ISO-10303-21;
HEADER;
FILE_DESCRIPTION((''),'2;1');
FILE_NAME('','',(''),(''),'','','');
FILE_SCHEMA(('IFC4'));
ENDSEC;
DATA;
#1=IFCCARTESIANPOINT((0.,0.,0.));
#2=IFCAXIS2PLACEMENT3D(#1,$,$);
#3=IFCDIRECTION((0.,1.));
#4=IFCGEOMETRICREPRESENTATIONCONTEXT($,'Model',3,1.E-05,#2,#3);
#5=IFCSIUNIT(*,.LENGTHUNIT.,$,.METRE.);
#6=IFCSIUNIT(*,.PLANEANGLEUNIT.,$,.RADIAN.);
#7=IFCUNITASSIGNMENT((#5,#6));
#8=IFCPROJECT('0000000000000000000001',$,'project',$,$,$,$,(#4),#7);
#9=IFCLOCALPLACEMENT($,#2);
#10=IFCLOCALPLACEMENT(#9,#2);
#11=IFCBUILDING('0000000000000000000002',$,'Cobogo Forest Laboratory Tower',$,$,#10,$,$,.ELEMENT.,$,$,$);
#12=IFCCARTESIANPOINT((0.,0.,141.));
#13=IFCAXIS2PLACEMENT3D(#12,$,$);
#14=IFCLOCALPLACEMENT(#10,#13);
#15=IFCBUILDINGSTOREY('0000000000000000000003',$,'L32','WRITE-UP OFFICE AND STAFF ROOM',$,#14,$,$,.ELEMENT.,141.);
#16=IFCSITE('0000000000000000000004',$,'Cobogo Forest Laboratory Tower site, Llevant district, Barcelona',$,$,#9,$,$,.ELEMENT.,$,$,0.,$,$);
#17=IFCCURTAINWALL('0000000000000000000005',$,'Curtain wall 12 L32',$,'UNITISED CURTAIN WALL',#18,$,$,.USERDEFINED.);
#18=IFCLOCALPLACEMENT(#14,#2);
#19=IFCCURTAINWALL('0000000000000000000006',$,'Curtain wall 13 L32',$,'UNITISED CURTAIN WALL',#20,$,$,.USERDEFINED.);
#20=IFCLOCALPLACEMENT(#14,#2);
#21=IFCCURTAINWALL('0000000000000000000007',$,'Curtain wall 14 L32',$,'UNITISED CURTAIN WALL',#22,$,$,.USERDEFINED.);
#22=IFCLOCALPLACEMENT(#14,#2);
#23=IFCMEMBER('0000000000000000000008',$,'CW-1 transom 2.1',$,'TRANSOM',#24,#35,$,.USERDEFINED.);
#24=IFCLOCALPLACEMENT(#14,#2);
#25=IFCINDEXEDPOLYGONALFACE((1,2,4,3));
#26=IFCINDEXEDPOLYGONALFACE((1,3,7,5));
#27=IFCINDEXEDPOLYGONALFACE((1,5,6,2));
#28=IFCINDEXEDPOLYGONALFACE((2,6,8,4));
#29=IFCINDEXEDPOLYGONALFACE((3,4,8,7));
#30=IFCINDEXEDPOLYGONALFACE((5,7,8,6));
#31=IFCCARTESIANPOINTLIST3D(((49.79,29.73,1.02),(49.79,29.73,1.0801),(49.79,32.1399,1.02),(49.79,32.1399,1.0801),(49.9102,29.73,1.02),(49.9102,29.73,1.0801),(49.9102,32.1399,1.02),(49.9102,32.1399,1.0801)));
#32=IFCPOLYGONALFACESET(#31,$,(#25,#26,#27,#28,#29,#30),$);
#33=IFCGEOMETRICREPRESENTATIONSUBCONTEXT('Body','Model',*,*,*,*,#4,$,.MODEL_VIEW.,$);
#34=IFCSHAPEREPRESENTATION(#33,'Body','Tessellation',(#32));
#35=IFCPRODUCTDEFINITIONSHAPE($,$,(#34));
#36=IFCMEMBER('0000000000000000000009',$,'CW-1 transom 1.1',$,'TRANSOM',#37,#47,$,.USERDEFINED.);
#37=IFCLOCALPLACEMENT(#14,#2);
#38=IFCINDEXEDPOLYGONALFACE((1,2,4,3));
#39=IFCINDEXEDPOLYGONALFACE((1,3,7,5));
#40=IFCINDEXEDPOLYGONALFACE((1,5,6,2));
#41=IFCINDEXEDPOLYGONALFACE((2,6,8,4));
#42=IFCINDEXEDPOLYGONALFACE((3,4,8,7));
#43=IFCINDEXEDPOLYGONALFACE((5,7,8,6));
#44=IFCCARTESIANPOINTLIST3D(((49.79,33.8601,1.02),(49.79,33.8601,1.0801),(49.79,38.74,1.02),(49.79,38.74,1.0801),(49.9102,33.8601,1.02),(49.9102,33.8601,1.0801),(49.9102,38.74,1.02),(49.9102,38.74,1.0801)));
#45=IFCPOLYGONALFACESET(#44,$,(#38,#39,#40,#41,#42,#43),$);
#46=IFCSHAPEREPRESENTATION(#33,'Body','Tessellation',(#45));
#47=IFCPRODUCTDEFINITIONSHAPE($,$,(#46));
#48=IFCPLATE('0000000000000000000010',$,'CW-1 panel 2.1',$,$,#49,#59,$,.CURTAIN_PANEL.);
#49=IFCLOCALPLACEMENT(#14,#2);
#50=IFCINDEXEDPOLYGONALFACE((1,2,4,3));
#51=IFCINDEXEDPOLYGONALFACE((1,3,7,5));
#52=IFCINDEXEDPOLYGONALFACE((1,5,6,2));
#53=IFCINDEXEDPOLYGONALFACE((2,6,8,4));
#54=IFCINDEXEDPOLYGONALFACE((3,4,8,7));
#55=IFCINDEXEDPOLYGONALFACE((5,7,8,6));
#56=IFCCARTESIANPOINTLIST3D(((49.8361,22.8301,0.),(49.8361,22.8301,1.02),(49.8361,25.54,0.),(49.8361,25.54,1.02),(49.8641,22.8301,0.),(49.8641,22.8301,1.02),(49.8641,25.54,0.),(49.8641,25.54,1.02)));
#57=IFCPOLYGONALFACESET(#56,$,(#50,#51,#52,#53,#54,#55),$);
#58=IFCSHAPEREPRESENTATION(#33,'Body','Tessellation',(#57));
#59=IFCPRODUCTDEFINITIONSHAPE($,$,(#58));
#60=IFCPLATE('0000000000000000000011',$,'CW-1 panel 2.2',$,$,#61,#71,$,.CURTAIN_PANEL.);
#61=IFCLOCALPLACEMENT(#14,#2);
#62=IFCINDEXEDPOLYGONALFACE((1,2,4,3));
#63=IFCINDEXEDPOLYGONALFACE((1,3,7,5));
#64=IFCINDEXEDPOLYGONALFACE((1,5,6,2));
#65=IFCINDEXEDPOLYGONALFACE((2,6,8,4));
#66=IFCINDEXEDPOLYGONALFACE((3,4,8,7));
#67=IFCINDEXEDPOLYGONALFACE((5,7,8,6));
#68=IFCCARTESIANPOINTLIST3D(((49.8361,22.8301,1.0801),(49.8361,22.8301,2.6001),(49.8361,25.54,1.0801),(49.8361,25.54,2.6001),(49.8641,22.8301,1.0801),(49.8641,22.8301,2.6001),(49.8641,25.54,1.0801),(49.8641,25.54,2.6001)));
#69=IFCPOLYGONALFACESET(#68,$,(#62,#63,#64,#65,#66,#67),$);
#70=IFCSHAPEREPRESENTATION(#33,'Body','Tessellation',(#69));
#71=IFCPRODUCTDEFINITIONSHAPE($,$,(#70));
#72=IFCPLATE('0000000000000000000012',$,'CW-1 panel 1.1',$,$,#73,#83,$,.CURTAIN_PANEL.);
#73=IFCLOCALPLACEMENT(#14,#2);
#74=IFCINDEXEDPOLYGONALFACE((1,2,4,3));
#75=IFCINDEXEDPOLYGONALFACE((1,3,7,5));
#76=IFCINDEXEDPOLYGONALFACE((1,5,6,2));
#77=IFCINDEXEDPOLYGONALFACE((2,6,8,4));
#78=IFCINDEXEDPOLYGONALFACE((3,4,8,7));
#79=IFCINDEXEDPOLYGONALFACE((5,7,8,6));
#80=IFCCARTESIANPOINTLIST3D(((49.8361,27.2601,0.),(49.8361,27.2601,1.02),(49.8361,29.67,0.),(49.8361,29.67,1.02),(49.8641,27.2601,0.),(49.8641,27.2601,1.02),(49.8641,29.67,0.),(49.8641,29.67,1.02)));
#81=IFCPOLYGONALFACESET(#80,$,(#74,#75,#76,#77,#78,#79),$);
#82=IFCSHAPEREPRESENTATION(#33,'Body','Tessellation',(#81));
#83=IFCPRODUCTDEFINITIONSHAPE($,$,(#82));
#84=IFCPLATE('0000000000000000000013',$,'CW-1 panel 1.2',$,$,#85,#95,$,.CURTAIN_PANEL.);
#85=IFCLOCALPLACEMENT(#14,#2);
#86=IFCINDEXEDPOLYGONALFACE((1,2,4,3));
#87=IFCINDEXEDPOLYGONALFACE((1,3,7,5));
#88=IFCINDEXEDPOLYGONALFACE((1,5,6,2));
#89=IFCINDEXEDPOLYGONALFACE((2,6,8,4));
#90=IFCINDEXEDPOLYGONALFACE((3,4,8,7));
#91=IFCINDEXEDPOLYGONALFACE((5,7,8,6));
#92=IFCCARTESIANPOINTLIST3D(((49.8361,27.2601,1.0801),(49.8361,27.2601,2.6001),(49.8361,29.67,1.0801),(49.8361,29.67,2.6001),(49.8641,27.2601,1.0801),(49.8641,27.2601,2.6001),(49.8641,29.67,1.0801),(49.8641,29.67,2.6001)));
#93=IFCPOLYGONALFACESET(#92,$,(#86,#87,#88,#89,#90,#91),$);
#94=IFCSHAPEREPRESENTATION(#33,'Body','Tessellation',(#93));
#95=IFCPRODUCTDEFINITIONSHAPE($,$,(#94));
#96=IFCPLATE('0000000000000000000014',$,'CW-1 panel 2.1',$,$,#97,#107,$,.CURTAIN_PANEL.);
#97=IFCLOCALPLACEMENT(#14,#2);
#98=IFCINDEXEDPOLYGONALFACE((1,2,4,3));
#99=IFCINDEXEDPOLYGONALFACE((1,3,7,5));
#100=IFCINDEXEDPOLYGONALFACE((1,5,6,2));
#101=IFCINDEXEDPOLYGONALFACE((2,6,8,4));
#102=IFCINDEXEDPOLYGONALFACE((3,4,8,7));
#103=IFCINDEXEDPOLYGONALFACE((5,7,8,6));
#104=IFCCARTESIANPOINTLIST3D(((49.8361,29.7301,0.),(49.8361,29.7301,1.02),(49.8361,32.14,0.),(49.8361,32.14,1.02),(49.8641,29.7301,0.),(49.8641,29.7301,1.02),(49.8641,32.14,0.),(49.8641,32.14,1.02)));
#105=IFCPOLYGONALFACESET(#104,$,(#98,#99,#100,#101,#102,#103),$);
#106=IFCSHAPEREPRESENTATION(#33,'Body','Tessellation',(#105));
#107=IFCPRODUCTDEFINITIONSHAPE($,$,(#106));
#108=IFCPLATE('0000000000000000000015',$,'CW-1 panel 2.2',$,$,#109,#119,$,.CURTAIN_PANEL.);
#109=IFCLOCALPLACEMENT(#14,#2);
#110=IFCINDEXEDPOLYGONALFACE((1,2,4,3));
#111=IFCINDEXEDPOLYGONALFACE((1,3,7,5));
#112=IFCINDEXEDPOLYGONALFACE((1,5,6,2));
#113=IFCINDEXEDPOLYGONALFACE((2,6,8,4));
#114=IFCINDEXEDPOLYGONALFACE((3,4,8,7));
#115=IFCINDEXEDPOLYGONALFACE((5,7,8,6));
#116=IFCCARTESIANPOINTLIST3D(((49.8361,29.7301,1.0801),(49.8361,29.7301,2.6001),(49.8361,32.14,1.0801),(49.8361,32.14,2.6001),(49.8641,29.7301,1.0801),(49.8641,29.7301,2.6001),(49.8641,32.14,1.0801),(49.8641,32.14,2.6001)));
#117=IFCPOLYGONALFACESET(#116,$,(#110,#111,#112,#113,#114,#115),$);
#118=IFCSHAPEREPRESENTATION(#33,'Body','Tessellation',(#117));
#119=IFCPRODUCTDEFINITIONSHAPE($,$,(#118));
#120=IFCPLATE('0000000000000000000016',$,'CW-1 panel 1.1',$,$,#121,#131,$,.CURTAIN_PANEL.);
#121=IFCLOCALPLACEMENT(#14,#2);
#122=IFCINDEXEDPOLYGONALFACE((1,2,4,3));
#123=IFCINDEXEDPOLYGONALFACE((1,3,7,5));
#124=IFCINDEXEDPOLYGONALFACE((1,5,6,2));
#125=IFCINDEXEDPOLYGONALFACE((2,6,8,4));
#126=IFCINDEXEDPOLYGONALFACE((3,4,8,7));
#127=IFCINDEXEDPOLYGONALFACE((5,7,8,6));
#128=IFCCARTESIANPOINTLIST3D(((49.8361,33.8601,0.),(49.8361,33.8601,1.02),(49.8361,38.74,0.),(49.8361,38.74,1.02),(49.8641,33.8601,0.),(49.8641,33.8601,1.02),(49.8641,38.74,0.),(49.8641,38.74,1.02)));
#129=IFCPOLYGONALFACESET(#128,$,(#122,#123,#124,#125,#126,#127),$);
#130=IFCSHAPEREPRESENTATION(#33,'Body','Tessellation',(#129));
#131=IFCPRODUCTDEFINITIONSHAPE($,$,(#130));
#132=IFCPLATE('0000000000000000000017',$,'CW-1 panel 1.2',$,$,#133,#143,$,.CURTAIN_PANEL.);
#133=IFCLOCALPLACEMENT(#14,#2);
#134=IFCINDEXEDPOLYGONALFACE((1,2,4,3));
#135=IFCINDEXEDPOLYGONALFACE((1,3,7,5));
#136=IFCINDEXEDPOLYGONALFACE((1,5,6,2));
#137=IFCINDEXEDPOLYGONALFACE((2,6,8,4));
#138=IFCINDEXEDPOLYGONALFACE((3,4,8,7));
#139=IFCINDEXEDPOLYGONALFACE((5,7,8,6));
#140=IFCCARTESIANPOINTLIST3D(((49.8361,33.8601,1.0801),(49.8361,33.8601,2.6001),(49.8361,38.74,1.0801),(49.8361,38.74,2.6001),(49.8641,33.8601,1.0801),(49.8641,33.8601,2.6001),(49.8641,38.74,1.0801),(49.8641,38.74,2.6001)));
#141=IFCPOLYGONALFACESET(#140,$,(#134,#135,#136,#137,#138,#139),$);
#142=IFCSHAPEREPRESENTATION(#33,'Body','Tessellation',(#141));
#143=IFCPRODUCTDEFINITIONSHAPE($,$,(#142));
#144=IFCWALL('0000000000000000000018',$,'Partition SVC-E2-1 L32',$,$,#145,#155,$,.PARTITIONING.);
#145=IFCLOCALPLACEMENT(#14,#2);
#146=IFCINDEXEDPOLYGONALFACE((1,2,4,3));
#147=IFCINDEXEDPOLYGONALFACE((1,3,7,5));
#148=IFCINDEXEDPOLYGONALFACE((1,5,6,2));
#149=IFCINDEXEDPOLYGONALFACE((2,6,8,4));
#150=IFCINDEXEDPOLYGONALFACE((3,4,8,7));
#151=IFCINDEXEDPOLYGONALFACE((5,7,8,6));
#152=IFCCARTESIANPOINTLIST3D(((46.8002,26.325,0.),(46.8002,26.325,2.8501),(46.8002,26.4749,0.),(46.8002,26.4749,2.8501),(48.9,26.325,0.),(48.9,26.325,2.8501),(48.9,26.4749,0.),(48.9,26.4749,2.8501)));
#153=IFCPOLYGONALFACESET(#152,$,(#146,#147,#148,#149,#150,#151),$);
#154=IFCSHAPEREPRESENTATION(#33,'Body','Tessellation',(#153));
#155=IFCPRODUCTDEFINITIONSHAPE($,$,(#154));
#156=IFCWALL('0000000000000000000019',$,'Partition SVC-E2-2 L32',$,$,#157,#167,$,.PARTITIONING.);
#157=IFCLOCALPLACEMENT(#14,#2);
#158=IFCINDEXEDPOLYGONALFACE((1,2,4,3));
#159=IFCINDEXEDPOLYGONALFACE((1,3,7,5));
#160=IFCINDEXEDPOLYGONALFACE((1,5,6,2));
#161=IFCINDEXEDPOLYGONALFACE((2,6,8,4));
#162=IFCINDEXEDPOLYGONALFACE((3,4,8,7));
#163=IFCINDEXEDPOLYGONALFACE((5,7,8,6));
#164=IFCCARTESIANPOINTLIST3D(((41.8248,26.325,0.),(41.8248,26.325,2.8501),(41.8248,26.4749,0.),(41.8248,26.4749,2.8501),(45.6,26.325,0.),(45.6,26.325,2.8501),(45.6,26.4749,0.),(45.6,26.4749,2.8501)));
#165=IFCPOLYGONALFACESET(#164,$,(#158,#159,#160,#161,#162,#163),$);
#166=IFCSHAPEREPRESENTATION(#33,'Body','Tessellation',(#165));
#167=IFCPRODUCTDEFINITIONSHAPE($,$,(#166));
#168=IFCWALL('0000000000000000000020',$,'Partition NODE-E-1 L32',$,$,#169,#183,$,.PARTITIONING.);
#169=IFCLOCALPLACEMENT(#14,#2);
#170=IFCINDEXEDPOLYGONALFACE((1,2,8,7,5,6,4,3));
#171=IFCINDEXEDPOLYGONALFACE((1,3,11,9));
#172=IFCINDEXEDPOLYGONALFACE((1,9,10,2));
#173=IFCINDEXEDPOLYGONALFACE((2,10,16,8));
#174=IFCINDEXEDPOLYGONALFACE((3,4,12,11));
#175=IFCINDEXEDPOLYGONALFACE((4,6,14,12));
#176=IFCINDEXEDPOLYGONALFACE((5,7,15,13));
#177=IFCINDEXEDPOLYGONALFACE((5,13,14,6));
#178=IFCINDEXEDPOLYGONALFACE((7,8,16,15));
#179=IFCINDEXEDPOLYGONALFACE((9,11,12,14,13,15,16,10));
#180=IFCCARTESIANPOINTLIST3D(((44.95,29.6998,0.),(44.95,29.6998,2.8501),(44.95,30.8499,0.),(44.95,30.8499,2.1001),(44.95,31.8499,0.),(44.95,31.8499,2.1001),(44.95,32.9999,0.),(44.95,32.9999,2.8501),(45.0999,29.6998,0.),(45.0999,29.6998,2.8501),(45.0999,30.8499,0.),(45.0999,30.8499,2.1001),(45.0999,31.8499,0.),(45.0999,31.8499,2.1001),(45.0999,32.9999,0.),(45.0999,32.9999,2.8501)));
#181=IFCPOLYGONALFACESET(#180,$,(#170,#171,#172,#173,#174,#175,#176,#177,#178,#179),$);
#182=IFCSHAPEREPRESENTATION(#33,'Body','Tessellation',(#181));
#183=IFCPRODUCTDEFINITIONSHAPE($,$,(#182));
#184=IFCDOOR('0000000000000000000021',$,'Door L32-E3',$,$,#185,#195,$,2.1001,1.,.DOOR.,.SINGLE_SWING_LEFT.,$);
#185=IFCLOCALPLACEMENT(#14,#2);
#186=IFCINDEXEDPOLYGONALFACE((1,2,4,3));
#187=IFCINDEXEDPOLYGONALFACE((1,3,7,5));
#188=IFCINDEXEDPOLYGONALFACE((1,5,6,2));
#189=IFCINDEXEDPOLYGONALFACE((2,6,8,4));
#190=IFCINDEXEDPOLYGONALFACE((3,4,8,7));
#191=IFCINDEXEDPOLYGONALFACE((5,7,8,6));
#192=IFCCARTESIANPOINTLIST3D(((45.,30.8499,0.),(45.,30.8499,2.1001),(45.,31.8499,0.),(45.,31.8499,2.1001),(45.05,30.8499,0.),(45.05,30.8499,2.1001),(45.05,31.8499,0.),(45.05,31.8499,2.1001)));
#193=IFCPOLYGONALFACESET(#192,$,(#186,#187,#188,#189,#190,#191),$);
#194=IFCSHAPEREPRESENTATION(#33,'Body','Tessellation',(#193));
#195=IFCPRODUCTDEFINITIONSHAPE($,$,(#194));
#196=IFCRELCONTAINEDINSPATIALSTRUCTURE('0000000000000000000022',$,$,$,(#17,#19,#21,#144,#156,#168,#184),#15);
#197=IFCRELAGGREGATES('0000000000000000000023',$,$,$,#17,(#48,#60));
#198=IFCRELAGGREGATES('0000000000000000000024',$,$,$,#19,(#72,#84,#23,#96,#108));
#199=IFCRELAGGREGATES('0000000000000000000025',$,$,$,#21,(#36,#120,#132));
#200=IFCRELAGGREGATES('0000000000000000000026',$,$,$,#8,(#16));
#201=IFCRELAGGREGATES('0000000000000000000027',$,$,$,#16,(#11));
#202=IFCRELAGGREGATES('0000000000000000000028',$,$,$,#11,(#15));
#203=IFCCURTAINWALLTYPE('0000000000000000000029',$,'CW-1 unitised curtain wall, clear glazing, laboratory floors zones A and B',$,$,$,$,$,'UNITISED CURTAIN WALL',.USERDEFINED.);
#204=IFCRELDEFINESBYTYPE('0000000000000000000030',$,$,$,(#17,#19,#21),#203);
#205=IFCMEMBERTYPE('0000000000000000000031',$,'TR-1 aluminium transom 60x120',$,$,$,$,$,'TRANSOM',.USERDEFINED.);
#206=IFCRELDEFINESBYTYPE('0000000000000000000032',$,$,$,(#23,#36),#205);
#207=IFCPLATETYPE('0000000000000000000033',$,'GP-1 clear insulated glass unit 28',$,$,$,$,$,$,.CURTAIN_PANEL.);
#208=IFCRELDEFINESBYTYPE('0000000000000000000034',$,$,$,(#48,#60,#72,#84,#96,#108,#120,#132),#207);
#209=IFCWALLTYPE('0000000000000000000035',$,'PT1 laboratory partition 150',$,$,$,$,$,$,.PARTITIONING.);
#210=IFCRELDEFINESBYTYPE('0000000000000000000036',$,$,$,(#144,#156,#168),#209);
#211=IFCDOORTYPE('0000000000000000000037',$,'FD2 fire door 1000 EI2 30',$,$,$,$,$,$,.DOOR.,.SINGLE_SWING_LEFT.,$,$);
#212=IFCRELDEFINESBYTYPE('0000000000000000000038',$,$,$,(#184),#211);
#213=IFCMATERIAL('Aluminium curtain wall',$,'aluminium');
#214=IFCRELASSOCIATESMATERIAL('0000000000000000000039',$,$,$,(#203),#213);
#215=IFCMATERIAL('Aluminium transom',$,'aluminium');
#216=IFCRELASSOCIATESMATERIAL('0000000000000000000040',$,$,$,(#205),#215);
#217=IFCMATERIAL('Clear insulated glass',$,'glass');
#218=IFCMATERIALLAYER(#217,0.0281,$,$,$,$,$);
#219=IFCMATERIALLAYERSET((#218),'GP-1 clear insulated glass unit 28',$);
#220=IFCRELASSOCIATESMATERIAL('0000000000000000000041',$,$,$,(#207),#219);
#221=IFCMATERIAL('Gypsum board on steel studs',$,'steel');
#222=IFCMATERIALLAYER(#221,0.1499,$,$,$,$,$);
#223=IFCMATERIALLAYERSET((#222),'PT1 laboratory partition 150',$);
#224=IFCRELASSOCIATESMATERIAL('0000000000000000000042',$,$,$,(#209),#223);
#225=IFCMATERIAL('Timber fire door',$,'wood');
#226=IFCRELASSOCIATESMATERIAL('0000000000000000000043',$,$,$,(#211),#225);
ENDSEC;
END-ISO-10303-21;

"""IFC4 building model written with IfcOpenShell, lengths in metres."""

from ifc_helpers import new_model, si_unit, direction, frame, frame_2d, origin, origin_2d, place, context, subcontext, project, spatial, rectangle, extrude, material, layer, layer_set, material_profile, profile_set, type_object, element, fill, aggregate, save


model = new_model("IFC4")

# Units and contexts
model_context = context("Model", 3, precision=1e-05, world=origin(), true_north=direction((0.0, 1.0)))
body_context = subcontext(model_context, "Body", "Model", "MODEL_VIEW")
ifc_project = project(units=[si_unit("LENGTHUNIT", "METRE"), si_unit("PLANEANGLEUNIT", "RADIAN")], contexts=[model_context])

# Site, building, storey
site_placement = place(None, origin())
site = spatial("IfcSite", under=ifc_project, at=site_placement, Name="Cobogo Forest Laboratory Tower site, Llevant district, Barcelona", CompositionType="ELEMENT", RefElevation=0.0)
building_placement = place(site_placement, origin())
building = spatial("IfcBuilding", under=site, at=building_placement, Name="Cobogo Forest Laboratory Tower", CompositionType="ELEMENT")
storey_placement = place(building_placement, frame((0.0, 0.0, 141.0)))
storey = spatial("IfcBuildingStorey", under=building, at=storey_placement, Name="L32", Description="WRITE-UP OFFICE AND STAFF ROOM", CompositionType="ELEMENT", Elevation=141.0)

# Curtain wall
ifc_material_1 = material(Name="Aluminium curtain wall", Category="aluminium")
curtain_wall_type = type_object("IfcCurtainWallType", Name="CW-1 unitised curtain wall, clear glazing, laboratory floors zones A and B", ElementType="UNITISED CURTAIN WALL", PredefinedType="USERDEFINED", material=ifc_material_1)
curtain_wall_1_placement = place(storey_placement, origin())
curtain_wall_1 = element("IfcCurtainWall", 1, at=curtain_wall_1_placement, inside=storey, type_object=curtain_wall_type, Name="Curtain wall 12 L32", ObjectType="UNITISED CURTAIN WALL", PredefinedType="USERDEFINED")

# Curtain walls
curtain_wall_2_placement = place(storey_placement, origin())
curtain_wall_2 = element("IfcCurtainWall", 2, at=curtain_wall_2_placement, inside=storey, type_object=curtain_wall_type, Name="Curtain wall 13 L32", ObjectType="UNITISED CURTAIN WALL", PredefinedType="USERDEFINED")
curtain_wall_3_placement = place(storey_placement, origin())
curtain_wall_3 = element("IfcCurtainWall", 3, at=curtain_wall_3_placement, inside=storey, type_object=curtain_wall_type, Name="Curtain wall 14 L32", ObjectType="UNITISED CURTAIN WALL", PredefinedType="USERDEFINED")

# Members
ifc_material_2 = material(Name="Aluminium transom", Category="aluminium")
ifc_material_profile_1 = material_profile(ifc_material_2, rectangle(XDim=0.1201, YDim=0.0601, at=origin_2d()), Name="AL 60x120")
ifc_profile_set_1 = profile_set([ifc_material_profile_1], Name="Aluminium transom")
member_type_1 = type_object("IfcMemberType", Name="TR-1 aluminium transom 60x120", ElementType="TRANSOM", PredefinedType="USERDEFINED", material=ifc_profile_set_1)
member_1_placement = place(storey_placement, frame((49.8501, 29.73, 1.05), z_axis=(0.0, 1.0, 0.0), x_axis=(-1.0, 0.0, 0.0)))
member_1 = element("IfcMember", 4, at=member_1_placement, type_object=member_type_1, Name="CW-1 transom 2.1", ObjectType="TRANSOM", PredefinedType="USERDEFINED", context=body_context, shape_type="SweptSolid", body=[
    extrude(rectangle(XDim=0.1201, YDim=0.0601, at=origin_2d()), origin(), (0.0, 0.0, 1.0), 2.4099),
])
member_2_placement = place(storey_placement, frame((49.8501, 33.8601, 1.05), z_axis=(0.0, 1.0, 0.0), x_axis=(-1.0, 0.0, 0.0)))
member_2 = element("IfcMember", 5, at=member_2_placement, type_object=member_type_1, Name="CW-1 transom 1.1", ObjectType="TRANSOM", PredefinedType="USERDEFINED", context=body_context, shape_type="SweptSolid", body=[
    extrude(rectangle(XDim=0.1201, YDim=0.0601, at=origin_2d()), origin(), (0.0, 0.0, 1.0), 4.8799),
])

# Plates
ifc_material_3 = material(Name="Clear insulated glass", Category="glass")
ifc_layer_1 = layer(ifc_material_3, 0.0281)
ifc_layer_set_1 = layer_set([ifc_layer_1], Name="GP-1 clear insulated glass unit 28")
plate_type_1 = type_object("IfcPlateType", Name="GP-1 clear insulated glass unit 28", PredefinedType="CURTAIN_PANEL", material=ifc_layer_set_1)
plate_1_placement = place(storey_placement, frame((49.8501, 24.1851, 0.0), z_axis=(0.0, 0.0, 1.0), x_axis=(0.0, 1.0, 0.0)))
plate_1 = element("IfcPlate", 6, at=plate_1_placement, type_object=plate_type_1, Name="CW-1 panel 2.1", PredefinedType="CURTAIN_PANEL", context=body_context, shape_type="SweptSolid", body=[
    extrude(rectangle(XDim=2.71, YDim=0.0281, at=origin_2d()), origin(), (0.0, 0.0, 1.0), 1.02),
])
plate_2_placement = place(storey_placement, frame((49.8501, 24.1851, 1.0801), z_axis=(0.0, 0.0, 1.0), x_axis=(0.0, 1.0, 0.0)))
plate_2 = element("IfcPlate", 7, at=plate_2_placement, type_object=plate_type_1, Name="CW-1 panel 2.2", PredefinedType="CURTAIN_PANEL", context=body_context, shape_type="SweptSolid", body=[
    extrude(rectangle(XDim=2.71, YDim=0.0281, at=origin_2d()), origin(), (0.0, 0.0, 1.0), 1.52),
])
aggregate(curtain_wall_1, [plate_1, plate_2])
plate_3_placement = place(storey_placement, frame((49.8501, 28.4651, 0.0), z_axis=(0.0, 0.0, 1.0), x_axis=(0.0, 1.0, 0.0)))
plate_3 = element("IfcPlate", 8, at=plate_3_placement, type_object=plate_type_1, Name="CW-1 panel 1.1", PredefinedType="CURTAIN_PANEL", context=body_context, shape_type="SweptSolid", body=[
    extrude(rectangle(XDim=2.4099, YDim=0.0281, at=origin_2d()), origin(), (0.0, 0.0, 1.0), 1.02),
])
plate_4_placement = place(storey_placement, frame((49.8501, 28.4651, 1.0801), z_axis=(0.0, 0.0, 1.0), x_axis=(0.0, 1.0, 0.0)))
plate_4 = element("IfcPlate", 9, at=plate_4_placement, type_object=plate_type_1, Name="CW-1 panel 1.2", PredefinedType="CURTAIN_PANEL", context=body_context, shape_type="SweptSolid", body=[
    extrude(rectangle(XDim=2.4099, YDim=0.0281, at=origin_2d()), origin(), (0.0, 0.0, 1.0), 1.52),
])
plate_5_placement = place(storey_placement, frame((49.8501, 30.9351, 0.0), z_axis=(0.0, 0.0, 1.0), x_axis=(0.0, 1.0, 0.0)))
plate_5 = element("IfcPlate", 10, at=plate_5_placement, type_object=plate_type_1, Name="CW-1 panel 2.1", PredefinedType="CURTAIN_PANEL", context=body_context, shape_type="SweptSolid", body=[
    extrude(rectangle(XDim=2.4099, YDim=0.0281, at=origin_2d()), origin(), (0.0, 0.0, 1.0), 1.02),
])
plate_6_placement = place(storey_placement, frame((49.8501, 30.9351, 1.0801), z_axis=(0.0, 0.0, 1.0), x_axis=(0.0, 1.0, 0.0)))
plate_6 = element("IfcPlate", 11, at=plate_6_placement, type_object=plate_type_1, Name="CW-1 panel 2.2", PredefinedType="CURTAIN_PANEL", context=body_context, shape_type="SweptSolid", body=[
    extrude(rectangle(XDim=2.4099, YDim=0.0281, at=origin_2d()), origin(), (0.0, 0.0, 1.0), 1.52),
])
aggregate(curtain_wall_2, [plate_3, plate_4, member_1, plate_5, plate_6])
plate_7_placement = place(storey_placement, frame((49.8501, 36.3, 0.0), z_axis=(0.0, 0.0, 1.0), x_axis=(0.0, 1.0, 0.0)))
plate_7 = element("IfcPlate", 12, at=plate_7_placement, type_object=plate_type_1, Name="CW-1 panel 1.1", PredefinedType="CURTAIN_PANEL", context=body_context, shape_type="SweptSolid", body=[
    extrude(rectangle(XDim=4.8799, YDim=0.0281, at=origin_2d()), origin(), (0.0, 0.0, 1.0), 1.02),
])
plate_8_placement = place(storey_placement, frame((49.8501, 36.3, 1.0801), z_axis=(0.0, 0.0, 1.0), x_axis=(0.0, 1.0, 0.0)))
plate_8 = element("IfcPlate", 13, at=plate_8_placement, type_object=plate_type_1, Name="CW-1 panel 1.2", PredefinedType="CURTAIN_PANEL", context=body_context, shape_type="SweptSolid", body=[
    extrude(rectangle(XDim=4.8799, YDim=0.0281, at=origin_2d()), origin(), (0.0, 0.0, 1.0), 1.52),
])
aggregate(curtain_wall_3, [member_2, plate_7, plate_8])

# Walls
ifc_material_4 = material(Name="Gypsum board on steel studs", Category="steel")
ifc_layer_2 = layer(ifc_material_4, 0.1499)
ifc_layer_set_2 = layer_set([ifc_layer_2], Name="PT1 laboratory partition 150")
wall_type = type_object("IfcWallType", Name="PT1 laboratory partition 150", PredefinedType="PARTITIONING", material=ifc_layer_set_2)
wall_1_placement = place(storey_placement, frame((48.8999, 26.3999, 0.0), z_axis=(0.0, 0.0, 1.0), x_axis=(-1.0, 0.0, 0.0)))
element("IfcWall", 14, at=wall_1_placement, inside=storey, type_object=wall_type, Name="Partition SVC-E2-1 L32", PredefinedType="PARTITIONING", context=body_context, shape_type="SweptSolid", body=[
    extrude(rectangle(XDim=2.0999, YDim=0.1499, at=frame_2d((1.0498, 0.0))), origin(), (0.0, 0.0, 1.0), 2.8501),
])
wall_2_placement = place(storey_placement, frame((45.6001, 26.3999, 0.0), z_axis=(0.0, 0.0, 1.0), x_axis=(-1.0, 0.0, 0.0)))
element("IfcWall", 15, at=wall_2_placement, inside=storey, type_object=wall_type, Name="Partition SVC-E2-2 L32", PredefinedType="PARTITIONING", context=body_context, shape_type="SweptSolid", body=[
    extrude(rectangle(XDim=3.7751, YDim=0.1499, at=frame_2d((1.8877, 0.0))), origin(), (0.0, 0.0, 1.0), 2.8501),
])

# Wall, opening, door
wall_3_placement = place(storey_placement, frame((45.0249, 29.7, 0.0), z_axis=(0.0, 0.0, 1.0), x_axis=(0.0, 1.0, 0.0)))
wall_3 = element("IfcWall", 16, at=wall_3_placement, inside=storey, type_object=wall_type, Name="Partition NODE-E-1 L32", PredefinedType="PARTITIONING", context=body_context, shape_type="SweptSolid", body=[
    extrude(rectangle(XDim=3.3, YDim=0.1499, at=frame_2d((1.6499, 0.0))), origin(), (0.0, 0.0, 1.0), 2.8501),
])
opening_placement = place(wall_3_placement, frame((1.1499, 0.0, 0.0)))
opening = element("IfcOpeningElement", 17, at=opening_placement, cuts=wall_3, PredefinedType="OPENING", context=body_context, shape_type="SweptSolid", body=[
    extrude(rectangle(XDim=1.0, YDim=2.1001, at=frame_2d((0.5, 1.05))), frame((0.0, 0.085, 0.0), z_axis=(0.0, -1.0, 0.0), x_axis=(1.0, 0.0, 0.0)), (0.0, 0.0, 1.0), 0.1699),
])
ifc_material_5 = material(Name="Timber fire door", Category="wood")
door_type = type_object("IfcDoorType", Name="FD2 fire door 1000 EI2 30", OperationType="SINGLE_SWING_LEFT", PredefinedType="DOOR", material=ifc_material_5)
door_placement = place(opening_placement, origin())
door = element("IfcDoor", 18, at=door_placement, inside=storey, type_object=door_type, Name="Door L32-E3", OperationType="SINGLE_SWING_LEFT", OverallHeight=2.1001, OverallWidth=1.0, PredefinedType="DOOR", context=body_context, shape_type="SweptSolid", body=[
    extrude(rectangle(XDim=1.0, YDim=2.1001, at=frame_2d((0.5, 1.05))), frame((0.0, 0.0249, 0.0), z_axis=(0.0, -1.0, 0.0), x_axis=(1.0, 0.0, 0.0)), (0.0, 0.0, 1.0), 0.05),
])
fill(opening, door)

save(model, "model.ifc")
